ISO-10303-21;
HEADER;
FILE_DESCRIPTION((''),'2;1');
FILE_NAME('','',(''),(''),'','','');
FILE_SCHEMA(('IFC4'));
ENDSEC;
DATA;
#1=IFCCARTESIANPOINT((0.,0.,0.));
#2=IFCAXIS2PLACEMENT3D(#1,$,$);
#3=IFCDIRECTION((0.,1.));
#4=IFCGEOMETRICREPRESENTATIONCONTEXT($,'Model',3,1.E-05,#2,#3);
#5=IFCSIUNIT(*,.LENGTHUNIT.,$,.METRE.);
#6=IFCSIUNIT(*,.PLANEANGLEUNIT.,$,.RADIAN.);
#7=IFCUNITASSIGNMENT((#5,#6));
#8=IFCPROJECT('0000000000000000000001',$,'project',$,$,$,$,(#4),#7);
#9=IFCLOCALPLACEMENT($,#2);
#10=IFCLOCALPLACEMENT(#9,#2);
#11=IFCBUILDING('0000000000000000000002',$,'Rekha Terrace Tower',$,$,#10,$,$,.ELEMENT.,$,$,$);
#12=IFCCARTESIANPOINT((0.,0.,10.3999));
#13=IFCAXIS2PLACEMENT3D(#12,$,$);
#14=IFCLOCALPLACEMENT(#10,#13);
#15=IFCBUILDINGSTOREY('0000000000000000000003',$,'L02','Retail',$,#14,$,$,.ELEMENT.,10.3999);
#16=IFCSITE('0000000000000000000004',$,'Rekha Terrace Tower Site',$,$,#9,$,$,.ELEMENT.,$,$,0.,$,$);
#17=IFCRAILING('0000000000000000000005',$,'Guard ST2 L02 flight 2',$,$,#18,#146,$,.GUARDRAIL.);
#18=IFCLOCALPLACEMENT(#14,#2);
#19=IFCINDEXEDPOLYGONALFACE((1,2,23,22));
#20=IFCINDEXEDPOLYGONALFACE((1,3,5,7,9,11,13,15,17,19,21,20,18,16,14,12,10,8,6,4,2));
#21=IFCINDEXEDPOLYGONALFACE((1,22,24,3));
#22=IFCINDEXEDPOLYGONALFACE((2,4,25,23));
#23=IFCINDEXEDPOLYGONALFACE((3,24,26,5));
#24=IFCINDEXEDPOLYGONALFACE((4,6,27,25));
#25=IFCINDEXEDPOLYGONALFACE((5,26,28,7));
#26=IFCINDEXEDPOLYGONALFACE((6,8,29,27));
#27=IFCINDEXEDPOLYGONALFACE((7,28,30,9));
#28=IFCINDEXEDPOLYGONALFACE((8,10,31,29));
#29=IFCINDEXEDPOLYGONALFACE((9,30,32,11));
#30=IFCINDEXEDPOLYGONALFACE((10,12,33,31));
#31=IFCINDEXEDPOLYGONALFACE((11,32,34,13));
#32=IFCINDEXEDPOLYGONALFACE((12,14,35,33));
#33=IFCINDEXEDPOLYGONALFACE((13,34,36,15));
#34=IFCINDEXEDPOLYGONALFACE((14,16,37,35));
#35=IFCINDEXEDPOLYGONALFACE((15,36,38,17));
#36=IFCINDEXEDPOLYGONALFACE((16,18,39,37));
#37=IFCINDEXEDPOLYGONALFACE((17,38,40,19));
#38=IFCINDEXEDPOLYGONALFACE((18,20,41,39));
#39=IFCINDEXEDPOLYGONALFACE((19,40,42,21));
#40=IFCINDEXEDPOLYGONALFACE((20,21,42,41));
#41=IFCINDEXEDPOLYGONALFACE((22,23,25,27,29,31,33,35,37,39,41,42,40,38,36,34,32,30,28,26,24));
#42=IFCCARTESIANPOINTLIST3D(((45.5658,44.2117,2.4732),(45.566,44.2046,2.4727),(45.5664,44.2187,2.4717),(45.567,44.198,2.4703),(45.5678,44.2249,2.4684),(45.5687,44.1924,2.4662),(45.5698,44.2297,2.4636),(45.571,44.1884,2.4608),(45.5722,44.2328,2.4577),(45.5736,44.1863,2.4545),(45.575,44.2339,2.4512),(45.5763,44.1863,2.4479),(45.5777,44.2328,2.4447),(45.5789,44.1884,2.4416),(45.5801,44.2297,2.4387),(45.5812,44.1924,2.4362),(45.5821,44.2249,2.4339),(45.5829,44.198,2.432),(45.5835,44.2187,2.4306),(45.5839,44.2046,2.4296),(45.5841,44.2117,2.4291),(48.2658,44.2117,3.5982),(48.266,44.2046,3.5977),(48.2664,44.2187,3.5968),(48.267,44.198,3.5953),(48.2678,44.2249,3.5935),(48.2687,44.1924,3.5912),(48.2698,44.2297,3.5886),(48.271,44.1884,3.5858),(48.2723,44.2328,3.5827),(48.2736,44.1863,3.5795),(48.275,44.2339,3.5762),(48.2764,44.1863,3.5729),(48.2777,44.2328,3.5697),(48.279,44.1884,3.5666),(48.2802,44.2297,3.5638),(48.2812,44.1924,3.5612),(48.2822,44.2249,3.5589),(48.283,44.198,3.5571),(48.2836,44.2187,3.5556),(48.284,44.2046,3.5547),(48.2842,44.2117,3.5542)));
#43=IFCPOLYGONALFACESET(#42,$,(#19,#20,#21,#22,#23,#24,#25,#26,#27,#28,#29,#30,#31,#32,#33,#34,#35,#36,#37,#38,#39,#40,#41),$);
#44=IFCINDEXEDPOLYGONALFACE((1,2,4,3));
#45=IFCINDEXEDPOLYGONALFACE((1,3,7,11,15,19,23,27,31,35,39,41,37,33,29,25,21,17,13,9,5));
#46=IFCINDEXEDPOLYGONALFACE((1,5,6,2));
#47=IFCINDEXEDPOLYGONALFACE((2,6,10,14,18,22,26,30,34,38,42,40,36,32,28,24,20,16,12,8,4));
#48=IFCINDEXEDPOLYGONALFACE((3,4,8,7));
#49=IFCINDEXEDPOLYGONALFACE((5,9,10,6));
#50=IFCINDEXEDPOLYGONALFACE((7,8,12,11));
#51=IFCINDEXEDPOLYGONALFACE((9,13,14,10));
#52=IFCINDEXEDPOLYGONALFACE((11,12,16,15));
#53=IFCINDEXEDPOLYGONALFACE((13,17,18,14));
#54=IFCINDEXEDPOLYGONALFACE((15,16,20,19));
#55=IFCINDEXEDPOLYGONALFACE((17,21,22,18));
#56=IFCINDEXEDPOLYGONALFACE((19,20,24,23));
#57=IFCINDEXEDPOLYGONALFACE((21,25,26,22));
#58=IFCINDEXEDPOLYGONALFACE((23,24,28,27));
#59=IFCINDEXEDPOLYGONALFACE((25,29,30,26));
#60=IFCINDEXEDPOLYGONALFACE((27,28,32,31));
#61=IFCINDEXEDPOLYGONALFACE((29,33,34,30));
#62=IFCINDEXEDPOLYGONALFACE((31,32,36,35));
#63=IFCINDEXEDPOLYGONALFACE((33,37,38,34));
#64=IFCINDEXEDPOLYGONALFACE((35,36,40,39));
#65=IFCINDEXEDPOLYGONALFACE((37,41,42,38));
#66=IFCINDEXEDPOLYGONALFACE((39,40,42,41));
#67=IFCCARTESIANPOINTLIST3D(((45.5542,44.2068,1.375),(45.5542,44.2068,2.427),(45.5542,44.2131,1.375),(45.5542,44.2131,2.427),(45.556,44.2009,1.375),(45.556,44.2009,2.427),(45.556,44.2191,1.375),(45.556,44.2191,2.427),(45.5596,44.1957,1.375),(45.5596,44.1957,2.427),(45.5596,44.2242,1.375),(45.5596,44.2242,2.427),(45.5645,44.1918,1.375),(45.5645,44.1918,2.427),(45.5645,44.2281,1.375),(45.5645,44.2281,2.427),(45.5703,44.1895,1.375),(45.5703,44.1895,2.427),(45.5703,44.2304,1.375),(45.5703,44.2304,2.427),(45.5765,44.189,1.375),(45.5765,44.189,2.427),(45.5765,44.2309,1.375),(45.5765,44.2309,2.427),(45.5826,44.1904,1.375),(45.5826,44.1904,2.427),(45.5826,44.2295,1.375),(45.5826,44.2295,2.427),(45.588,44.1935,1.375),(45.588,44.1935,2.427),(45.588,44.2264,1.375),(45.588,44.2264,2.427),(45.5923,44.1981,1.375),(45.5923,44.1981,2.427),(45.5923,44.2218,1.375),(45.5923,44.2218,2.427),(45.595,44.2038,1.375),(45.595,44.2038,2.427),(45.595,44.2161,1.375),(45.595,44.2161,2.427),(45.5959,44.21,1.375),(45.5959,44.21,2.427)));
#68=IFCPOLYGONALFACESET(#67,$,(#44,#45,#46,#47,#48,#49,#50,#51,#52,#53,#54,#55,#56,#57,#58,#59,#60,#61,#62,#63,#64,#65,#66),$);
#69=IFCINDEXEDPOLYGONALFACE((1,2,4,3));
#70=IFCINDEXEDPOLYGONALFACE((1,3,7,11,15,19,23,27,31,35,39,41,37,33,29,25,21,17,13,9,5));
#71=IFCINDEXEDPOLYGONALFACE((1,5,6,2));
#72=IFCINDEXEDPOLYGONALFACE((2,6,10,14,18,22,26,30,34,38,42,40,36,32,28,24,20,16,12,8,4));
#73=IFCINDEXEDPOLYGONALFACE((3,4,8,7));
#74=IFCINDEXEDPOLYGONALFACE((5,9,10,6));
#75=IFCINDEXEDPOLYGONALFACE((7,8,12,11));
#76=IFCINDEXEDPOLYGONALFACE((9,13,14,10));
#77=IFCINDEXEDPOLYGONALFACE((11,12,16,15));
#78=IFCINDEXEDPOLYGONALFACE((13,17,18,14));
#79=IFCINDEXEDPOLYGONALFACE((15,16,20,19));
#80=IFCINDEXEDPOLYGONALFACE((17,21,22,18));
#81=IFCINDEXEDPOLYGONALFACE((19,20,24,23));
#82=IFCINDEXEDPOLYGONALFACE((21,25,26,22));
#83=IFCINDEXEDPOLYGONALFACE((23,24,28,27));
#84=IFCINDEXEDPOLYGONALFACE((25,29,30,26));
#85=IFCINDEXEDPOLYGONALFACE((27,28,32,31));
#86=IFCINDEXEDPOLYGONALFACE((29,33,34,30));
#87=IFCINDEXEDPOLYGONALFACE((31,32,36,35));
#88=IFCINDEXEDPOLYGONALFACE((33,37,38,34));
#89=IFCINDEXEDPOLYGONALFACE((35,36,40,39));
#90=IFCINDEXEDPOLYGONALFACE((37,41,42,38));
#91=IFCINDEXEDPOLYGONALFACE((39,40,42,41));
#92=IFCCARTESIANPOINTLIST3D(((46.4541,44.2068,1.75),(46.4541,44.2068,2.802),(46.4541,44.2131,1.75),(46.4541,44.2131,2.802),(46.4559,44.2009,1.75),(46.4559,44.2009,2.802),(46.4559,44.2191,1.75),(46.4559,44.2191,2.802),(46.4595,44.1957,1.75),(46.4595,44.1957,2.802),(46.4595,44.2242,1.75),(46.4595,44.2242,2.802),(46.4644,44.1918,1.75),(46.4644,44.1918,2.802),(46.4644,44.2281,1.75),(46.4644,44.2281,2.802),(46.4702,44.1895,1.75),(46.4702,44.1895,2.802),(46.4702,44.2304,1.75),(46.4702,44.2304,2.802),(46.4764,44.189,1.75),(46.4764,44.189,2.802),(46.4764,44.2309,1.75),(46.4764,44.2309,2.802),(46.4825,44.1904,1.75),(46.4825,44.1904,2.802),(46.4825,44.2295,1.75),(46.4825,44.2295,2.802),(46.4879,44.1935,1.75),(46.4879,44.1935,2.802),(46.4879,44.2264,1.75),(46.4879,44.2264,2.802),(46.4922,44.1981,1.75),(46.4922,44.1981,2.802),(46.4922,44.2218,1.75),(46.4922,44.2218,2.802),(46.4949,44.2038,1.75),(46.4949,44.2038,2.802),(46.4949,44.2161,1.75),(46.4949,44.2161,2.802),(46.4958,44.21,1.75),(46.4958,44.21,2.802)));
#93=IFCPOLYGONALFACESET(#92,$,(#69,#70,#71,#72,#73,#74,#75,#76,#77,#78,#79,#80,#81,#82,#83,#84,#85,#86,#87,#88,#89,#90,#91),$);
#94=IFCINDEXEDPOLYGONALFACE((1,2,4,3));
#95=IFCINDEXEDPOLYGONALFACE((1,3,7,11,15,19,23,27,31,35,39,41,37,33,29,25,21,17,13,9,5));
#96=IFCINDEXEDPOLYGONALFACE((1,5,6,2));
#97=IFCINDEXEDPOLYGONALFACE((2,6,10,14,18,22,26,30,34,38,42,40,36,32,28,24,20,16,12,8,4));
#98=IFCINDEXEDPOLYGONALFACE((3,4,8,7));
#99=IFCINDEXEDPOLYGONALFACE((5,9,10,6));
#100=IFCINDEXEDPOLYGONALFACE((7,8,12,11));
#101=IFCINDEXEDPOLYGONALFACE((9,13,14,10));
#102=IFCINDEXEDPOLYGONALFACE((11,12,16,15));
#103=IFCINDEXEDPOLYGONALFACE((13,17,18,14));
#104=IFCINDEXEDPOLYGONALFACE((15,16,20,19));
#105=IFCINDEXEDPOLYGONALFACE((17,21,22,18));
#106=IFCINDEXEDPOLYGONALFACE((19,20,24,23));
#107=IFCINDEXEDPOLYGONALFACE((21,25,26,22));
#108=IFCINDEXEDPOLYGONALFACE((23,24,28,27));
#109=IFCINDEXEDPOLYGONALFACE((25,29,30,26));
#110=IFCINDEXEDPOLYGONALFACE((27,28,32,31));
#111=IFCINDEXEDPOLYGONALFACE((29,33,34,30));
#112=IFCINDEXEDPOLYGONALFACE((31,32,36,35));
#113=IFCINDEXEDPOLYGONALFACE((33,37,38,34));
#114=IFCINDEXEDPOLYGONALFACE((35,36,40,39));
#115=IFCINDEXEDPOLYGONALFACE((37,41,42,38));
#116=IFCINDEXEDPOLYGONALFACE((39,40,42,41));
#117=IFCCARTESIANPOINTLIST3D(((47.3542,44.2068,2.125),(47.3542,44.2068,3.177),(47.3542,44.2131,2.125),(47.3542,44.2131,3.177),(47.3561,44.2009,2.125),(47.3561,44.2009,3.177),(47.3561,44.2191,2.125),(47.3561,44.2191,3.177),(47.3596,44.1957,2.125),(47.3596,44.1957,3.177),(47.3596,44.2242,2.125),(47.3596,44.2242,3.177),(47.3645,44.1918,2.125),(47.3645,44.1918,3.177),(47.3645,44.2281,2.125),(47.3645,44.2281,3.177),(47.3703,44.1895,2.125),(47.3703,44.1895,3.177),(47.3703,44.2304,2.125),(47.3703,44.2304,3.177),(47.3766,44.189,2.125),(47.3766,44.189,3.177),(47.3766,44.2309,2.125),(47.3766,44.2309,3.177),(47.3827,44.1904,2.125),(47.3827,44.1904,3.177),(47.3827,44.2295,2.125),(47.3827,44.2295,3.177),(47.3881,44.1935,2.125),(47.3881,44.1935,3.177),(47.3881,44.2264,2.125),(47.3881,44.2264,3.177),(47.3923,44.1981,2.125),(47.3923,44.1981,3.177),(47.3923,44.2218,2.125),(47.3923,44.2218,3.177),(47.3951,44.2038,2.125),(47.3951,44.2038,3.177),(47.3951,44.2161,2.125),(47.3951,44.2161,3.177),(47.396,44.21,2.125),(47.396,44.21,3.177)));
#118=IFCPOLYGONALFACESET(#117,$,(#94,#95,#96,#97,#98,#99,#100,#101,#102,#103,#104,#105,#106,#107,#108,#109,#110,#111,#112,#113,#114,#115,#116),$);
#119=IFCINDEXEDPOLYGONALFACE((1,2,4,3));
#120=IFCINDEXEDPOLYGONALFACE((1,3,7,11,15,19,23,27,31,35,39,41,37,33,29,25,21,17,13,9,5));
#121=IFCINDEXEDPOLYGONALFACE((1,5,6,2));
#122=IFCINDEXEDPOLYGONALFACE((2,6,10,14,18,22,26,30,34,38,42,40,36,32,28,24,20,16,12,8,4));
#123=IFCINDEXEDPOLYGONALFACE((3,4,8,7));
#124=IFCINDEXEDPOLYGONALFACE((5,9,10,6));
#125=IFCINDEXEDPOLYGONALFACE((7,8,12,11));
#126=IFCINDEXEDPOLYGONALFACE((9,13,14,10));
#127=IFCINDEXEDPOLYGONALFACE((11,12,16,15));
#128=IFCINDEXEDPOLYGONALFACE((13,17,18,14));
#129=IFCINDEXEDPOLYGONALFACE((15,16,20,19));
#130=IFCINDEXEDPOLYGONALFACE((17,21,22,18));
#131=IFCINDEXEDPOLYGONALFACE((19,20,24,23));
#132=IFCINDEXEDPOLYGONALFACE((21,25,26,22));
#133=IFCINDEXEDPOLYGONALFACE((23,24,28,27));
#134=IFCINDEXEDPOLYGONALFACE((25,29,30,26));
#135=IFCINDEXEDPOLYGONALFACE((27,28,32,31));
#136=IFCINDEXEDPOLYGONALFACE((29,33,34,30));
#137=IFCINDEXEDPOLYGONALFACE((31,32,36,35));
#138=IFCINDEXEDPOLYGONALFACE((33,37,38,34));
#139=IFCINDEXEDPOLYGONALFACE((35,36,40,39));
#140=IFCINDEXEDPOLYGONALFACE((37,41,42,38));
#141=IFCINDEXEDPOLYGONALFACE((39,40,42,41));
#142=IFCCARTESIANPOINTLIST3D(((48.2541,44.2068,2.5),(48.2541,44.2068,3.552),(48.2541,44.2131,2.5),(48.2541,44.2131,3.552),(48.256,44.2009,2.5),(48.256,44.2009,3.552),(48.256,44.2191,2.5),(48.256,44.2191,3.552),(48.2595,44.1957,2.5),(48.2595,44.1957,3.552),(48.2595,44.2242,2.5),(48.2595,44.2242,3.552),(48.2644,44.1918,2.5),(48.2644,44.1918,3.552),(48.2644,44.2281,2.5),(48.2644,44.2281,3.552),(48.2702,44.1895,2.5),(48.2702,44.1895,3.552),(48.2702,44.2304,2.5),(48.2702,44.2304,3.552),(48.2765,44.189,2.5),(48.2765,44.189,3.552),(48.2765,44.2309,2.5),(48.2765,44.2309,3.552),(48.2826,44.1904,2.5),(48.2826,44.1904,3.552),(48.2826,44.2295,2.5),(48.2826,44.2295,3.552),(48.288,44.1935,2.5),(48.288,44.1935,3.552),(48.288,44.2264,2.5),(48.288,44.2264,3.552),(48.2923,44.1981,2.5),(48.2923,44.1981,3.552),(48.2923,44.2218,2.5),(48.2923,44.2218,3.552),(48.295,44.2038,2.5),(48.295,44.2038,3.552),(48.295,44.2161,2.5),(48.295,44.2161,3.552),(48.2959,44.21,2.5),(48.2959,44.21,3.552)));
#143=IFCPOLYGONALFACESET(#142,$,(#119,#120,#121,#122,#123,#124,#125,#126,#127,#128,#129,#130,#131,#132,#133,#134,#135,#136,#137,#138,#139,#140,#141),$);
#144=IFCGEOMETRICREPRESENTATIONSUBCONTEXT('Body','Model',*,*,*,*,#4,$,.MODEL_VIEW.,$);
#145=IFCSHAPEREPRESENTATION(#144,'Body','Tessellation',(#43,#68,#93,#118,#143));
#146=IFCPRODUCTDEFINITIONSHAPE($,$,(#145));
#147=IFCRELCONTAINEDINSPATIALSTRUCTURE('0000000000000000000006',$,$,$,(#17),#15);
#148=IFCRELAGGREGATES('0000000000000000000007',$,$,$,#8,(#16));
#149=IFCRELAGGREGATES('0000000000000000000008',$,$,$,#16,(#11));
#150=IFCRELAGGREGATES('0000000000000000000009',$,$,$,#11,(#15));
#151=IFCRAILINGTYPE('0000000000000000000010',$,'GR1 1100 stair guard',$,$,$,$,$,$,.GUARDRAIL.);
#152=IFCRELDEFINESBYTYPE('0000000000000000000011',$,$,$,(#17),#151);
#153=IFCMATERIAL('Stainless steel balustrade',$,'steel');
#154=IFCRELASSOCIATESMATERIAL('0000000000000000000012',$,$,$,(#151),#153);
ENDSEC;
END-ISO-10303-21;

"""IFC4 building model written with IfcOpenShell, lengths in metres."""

from ifc_helpers import new_model, si_unit, direction, frame, origin, origin_2d, place, context, subcontext, project, spatial, circle, extrude, material, type_object, element, save


model = new_model("IFC4")

# Units and contexts
model_context = context("Model", 3, precision=1e-05, world=origin(), true_north=direction((0.0, 1.0)))
body_context = subcontext(model_context, "Body", "Model", "MODEL_VIEW")
ifc_project = project(units=[si_unit("LENGTHUNIT", "METRE"), si_unit("PLANEANGLEUNIT", "RADIAN")], contexts=[model_context])

# Site, building, storey
site_placement = place(None, origin())
site = spatial("IfcSite", under=ifc_project, at=site_placement, Name="Rekha Terrace Tower Site", CompositionType="ELEMENT", RefElevation=0.0)
building_placement = place(site_placement, origin())
building = spatial("IfcBuilding", under=site, at=building_placement, Name="Rekha Terrace Tower", CompositionType="ELEMENT")
storey_placement = place(building_placement, frame((0.0, 0.0, 10.3999)))
storey = spatial("IfcBuildingStorey", under=building, at=storey_placement, Name="L02", Description="Retail", CompositionType="ELEMENT", Elevation=10.3999)

# Railing
ifc_material_1 = material(Name="Stainless steel balustrade", Category="steel")
railing_type_1 = type_object("IfcRailingType", Name="GR1 1100 stair guard", PredefinedType="GUARDRAIL", material=ifc_material_1)
railing_1_placement = place(storey_placement, frame((45.575, 44.21, 1.375)))
element("IfcRailing", 1, at=railing_1_placement, inside=storey, type_object=railing_type_1, Name="Guard ST2 L02 flight 2", PredefinedType="GUARDRAIL", context=body_context, shape_type="SweptSolid", body=[
    extrude(circle(Radius=0.0239, at=origin_2d()), frame((0.0, 0.0, 1.0762), z_axis=(0.923074, 0.0, 0.384621), x_axis=(0.0, 1.0, 0.0)), (0.0, 0.0, 1.0), 2.925),
    extrude(circle(Radius=0.021, at=origin_2d()), origin(), (0.0, 0.0, 1.0), 1.052),
    extrude(circle(Radius=0.021, at=origin_2d()), frame((0.8999, 0.0, 0.375)), (0.0, 0.0, 1.0), 1.052),
    extrude(circle(Radius=0.021, at=origin_2d()), frame((1.8, 0.0, 0.75)), (0.0, 0.0, 1.0), 1.052),
    extrude(circle(Radius=0.021, at=origin_2d()), frame((2.7, 0.0, 1.125)), (0.0, 0.0, 1.0), 1.052),
])

save(model, "model.ifc")
